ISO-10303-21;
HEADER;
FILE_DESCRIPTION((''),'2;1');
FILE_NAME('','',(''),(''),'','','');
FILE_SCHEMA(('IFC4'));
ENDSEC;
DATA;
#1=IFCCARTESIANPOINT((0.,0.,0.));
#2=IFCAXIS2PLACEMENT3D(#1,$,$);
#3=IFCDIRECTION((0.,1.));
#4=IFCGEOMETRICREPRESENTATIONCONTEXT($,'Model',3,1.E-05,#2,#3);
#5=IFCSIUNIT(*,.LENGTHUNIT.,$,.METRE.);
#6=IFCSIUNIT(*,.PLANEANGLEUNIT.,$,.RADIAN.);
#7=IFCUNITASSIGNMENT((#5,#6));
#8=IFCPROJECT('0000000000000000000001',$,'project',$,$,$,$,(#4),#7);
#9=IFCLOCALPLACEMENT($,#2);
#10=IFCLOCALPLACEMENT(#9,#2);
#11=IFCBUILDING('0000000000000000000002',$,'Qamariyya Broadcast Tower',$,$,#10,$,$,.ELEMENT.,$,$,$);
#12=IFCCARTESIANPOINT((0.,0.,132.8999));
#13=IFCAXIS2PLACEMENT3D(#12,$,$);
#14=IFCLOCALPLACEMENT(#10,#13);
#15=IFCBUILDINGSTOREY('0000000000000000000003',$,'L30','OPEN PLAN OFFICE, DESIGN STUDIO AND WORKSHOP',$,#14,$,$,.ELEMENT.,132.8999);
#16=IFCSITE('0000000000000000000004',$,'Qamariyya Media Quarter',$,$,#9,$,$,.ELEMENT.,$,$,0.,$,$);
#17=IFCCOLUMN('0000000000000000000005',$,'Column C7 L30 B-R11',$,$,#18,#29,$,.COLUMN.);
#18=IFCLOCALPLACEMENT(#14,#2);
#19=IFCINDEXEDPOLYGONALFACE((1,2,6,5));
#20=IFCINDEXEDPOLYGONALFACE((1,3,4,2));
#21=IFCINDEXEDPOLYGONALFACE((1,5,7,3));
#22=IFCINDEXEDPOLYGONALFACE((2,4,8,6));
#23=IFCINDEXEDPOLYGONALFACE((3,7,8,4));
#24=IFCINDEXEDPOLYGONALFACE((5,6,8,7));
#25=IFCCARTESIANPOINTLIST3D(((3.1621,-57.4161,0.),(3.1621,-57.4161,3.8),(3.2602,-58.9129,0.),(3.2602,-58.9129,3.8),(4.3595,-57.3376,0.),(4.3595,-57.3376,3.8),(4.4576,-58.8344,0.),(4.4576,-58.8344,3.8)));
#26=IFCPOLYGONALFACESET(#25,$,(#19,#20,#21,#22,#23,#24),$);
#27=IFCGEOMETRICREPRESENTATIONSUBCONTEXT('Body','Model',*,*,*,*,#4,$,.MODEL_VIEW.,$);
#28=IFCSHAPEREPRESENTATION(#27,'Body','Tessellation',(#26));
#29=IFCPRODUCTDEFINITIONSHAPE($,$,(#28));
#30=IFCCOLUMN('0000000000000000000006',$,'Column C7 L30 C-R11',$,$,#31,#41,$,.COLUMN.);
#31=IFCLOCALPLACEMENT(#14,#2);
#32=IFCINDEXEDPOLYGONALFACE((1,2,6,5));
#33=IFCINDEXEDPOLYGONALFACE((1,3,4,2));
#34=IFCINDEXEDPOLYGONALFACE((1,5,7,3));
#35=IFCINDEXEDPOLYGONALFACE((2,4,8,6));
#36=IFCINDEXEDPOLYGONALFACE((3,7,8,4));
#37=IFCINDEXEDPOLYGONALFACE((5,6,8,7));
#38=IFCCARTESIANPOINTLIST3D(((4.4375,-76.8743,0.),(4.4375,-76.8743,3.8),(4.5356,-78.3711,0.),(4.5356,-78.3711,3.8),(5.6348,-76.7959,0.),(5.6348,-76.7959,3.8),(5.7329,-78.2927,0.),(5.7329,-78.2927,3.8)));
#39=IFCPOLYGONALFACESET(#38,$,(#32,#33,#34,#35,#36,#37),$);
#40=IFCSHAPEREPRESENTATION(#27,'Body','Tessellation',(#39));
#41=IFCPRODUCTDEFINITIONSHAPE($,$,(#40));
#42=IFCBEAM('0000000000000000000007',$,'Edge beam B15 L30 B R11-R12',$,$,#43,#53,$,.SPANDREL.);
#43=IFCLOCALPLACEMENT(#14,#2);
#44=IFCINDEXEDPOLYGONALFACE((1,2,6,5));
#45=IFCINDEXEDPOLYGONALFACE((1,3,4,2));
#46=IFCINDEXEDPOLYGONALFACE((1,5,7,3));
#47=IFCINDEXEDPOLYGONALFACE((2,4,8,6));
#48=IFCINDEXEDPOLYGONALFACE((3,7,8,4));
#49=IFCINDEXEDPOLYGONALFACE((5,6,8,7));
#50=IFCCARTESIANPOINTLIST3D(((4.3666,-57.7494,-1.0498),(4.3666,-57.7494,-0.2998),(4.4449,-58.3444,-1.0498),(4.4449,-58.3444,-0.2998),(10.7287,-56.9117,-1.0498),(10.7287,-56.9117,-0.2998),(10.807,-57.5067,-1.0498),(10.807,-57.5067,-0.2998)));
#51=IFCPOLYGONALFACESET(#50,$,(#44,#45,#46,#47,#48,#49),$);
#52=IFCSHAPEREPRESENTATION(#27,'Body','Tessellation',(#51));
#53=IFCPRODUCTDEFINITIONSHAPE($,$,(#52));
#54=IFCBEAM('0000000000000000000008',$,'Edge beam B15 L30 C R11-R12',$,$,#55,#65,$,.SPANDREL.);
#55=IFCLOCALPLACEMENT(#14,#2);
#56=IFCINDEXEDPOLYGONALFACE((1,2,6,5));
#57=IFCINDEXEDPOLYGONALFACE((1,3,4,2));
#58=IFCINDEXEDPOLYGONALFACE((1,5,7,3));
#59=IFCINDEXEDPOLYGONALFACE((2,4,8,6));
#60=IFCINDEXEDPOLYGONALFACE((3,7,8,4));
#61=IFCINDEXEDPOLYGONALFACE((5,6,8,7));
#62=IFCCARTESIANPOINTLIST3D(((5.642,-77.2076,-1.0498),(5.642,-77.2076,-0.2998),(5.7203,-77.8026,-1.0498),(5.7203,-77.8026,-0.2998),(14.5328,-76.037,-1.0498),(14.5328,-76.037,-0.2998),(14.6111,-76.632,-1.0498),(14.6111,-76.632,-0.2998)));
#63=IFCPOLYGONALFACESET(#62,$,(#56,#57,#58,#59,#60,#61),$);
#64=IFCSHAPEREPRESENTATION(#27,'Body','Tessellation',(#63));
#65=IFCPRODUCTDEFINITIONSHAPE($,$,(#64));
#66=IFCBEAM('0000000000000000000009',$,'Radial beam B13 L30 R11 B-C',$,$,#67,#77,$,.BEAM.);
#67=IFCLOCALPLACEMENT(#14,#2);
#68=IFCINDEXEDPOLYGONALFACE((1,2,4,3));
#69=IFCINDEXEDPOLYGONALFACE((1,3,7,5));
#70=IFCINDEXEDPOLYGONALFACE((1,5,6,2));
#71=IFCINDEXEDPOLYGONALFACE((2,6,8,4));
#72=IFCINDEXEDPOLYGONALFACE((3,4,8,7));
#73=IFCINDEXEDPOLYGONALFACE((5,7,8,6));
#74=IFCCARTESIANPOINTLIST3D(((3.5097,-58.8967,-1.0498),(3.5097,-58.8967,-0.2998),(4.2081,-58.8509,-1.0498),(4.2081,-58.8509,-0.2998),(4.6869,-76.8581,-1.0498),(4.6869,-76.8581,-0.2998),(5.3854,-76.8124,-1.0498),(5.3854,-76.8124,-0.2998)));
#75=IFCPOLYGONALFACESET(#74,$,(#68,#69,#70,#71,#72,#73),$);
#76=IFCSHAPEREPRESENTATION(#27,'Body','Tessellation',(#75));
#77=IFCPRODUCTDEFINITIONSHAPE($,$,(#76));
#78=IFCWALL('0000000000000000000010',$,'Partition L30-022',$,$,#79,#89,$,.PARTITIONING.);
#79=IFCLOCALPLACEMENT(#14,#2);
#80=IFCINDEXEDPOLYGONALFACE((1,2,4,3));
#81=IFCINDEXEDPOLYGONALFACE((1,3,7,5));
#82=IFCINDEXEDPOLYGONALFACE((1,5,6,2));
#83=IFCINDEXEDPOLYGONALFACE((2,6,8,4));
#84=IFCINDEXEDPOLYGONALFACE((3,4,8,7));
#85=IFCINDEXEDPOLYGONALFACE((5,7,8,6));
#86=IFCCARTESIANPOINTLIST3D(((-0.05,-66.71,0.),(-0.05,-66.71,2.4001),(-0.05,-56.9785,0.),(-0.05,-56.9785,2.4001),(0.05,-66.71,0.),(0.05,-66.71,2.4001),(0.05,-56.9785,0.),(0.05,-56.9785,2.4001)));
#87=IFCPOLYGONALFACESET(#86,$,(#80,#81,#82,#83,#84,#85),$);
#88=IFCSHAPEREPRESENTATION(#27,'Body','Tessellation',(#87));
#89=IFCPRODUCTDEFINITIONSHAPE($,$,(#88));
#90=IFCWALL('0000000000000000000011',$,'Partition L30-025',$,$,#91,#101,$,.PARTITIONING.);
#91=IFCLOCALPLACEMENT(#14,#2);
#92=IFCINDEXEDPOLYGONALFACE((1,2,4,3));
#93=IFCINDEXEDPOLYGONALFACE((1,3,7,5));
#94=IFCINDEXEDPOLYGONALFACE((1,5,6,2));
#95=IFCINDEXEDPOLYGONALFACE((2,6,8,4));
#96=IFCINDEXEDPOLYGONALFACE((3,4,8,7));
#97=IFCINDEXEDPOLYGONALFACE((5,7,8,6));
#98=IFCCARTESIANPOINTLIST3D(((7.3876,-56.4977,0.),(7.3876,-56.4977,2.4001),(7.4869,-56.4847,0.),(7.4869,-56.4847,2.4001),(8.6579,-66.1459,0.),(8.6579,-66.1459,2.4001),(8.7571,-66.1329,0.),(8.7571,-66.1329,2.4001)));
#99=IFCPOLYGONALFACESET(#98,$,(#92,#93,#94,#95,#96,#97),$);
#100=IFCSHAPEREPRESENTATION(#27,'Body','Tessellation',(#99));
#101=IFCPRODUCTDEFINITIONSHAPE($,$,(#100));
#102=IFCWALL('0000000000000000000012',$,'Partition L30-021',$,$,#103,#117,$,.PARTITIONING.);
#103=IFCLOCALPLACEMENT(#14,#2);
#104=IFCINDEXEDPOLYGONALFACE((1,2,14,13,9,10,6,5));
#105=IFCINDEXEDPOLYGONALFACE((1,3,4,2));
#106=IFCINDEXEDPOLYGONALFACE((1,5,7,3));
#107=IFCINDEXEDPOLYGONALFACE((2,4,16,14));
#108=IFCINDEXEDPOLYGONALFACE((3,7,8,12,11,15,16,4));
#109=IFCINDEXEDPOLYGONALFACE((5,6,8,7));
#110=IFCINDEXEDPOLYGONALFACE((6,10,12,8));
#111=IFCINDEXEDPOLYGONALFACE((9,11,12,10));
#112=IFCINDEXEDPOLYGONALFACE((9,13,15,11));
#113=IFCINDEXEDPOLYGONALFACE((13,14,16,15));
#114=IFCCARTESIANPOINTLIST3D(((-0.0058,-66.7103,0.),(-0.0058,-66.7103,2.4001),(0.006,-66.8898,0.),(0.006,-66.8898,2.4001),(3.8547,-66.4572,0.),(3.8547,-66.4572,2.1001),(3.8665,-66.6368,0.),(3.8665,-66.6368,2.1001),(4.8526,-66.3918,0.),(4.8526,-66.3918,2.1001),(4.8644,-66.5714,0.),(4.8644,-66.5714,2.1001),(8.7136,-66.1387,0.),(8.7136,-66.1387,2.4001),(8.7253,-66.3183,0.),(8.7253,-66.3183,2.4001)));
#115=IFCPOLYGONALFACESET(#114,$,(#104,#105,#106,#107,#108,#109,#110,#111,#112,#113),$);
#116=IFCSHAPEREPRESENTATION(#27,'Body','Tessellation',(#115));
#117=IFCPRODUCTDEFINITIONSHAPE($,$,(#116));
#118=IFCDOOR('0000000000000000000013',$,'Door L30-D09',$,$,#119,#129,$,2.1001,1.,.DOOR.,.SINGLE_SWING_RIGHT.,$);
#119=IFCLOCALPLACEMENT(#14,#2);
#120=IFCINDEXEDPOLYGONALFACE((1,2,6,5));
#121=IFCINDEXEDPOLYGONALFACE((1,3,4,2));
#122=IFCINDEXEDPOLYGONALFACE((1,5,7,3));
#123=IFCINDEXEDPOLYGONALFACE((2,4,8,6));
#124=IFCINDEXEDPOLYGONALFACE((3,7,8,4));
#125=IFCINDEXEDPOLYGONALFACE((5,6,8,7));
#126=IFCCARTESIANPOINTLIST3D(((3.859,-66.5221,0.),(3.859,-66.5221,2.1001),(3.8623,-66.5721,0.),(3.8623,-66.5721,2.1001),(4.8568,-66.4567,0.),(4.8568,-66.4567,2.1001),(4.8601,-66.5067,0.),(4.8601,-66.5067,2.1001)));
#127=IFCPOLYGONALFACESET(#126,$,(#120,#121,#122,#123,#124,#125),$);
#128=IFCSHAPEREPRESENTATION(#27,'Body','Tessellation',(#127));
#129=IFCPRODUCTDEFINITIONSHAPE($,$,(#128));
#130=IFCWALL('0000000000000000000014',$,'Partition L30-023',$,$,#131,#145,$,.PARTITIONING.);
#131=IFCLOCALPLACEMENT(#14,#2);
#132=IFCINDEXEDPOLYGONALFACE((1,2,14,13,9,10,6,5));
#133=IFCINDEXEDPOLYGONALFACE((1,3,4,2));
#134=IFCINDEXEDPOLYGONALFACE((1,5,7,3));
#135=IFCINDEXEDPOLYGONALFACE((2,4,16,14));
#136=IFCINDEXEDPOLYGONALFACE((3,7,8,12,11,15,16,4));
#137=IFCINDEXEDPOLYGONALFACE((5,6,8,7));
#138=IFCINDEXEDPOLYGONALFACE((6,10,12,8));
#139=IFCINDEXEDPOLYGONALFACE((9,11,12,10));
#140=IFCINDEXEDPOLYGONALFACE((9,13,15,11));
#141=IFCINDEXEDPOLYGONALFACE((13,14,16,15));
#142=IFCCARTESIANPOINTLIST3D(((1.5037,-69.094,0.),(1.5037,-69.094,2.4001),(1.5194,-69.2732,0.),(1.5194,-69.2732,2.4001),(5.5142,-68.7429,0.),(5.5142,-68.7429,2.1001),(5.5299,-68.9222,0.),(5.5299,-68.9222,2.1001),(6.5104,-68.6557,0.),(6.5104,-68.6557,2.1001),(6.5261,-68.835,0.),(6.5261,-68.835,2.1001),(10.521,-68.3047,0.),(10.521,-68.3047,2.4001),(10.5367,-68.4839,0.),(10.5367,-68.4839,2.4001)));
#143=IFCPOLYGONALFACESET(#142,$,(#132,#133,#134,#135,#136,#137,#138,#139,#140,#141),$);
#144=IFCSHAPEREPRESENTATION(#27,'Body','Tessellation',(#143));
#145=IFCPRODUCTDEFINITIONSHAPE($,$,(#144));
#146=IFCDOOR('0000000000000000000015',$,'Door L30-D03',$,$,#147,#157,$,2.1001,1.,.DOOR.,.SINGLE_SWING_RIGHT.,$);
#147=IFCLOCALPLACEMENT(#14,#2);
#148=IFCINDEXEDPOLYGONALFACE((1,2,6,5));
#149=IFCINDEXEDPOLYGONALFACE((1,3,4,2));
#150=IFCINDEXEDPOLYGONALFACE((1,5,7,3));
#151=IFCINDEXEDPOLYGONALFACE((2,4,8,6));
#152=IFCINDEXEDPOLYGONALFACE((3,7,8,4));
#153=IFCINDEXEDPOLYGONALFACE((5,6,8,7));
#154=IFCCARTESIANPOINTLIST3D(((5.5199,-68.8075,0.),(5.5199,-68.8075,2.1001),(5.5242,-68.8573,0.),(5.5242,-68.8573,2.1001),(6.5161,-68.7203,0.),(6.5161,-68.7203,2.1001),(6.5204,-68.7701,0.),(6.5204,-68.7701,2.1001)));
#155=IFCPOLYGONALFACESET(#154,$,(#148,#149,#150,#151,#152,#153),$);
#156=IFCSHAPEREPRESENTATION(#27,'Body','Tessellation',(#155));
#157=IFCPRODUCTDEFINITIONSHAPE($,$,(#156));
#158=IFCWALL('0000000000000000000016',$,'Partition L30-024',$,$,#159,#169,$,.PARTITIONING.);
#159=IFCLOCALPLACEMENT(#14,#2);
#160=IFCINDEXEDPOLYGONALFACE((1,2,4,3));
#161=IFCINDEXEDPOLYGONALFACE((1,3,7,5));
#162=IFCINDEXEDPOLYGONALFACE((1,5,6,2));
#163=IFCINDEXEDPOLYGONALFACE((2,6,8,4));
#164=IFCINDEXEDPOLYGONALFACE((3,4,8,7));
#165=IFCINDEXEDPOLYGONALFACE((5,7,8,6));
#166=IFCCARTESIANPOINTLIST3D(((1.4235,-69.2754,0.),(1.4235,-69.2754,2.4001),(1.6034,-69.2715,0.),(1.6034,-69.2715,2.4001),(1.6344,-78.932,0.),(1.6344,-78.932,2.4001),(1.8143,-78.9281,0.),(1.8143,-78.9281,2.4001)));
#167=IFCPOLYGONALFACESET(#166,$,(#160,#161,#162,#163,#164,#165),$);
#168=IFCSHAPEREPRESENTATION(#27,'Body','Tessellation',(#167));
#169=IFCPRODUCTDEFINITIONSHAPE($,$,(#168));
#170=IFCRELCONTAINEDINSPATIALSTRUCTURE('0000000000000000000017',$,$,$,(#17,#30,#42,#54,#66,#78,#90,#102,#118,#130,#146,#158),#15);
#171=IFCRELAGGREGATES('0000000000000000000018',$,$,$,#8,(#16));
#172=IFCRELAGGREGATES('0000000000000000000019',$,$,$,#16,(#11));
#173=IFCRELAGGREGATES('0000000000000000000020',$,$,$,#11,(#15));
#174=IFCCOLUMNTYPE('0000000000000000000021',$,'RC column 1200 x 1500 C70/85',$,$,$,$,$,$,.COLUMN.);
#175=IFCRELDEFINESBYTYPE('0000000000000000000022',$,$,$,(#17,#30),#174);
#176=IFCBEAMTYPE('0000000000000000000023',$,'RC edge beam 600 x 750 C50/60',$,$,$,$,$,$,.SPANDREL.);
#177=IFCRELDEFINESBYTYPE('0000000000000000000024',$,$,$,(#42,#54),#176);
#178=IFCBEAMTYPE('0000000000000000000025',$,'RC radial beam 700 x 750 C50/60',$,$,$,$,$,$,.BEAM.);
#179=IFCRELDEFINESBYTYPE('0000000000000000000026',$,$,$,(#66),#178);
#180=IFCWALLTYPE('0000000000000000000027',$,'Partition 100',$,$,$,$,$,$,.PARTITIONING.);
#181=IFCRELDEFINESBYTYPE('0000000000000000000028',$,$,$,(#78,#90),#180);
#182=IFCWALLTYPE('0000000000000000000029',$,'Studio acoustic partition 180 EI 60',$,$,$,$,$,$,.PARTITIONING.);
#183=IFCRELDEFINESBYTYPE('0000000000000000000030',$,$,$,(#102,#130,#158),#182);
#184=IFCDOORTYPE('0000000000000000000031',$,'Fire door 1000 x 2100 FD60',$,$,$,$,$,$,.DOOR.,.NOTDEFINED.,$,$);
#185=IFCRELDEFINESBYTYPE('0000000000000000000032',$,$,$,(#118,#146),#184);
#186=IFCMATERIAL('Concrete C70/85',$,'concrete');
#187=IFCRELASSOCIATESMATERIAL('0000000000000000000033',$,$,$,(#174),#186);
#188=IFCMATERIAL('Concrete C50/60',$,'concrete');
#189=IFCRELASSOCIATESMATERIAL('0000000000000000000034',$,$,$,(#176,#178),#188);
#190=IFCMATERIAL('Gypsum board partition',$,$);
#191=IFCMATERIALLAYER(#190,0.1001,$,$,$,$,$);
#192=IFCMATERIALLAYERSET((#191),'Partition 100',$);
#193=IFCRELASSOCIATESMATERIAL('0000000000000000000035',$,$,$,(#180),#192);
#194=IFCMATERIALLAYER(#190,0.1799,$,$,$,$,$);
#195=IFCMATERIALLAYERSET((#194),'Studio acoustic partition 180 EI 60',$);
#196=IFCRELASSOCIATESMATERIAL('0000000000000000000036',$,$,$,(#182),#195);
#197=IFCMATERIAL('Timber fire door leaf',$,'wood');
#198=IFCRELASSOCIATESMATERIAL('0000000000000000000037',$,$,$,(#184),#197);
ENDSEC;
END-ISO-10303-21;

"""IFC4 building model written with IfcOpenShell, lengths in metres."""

from ifc_helpers import new_model, si_unit, direction, frame, frame_2d, origin, origin_2d, place, context, subcontext, project, spatial, rectangle, extrude, material, layer, layer_set, material_profile, profile_set, type_object, element, fill, save


model = new_model("IFC4")

# Units and contexts
model_context = context("Model", 3, precision=1e-05, world=origin(), true_north=direction((0.0, 1.0)))
body_context = subcontext(model_context, "Body", "Model", "MODEL_VIEW")
ifc_project = project(units=[si_unit("LENGTHUNIT", "METRE"), si_unit("PLANEANGLEUNIT", "RADIAN")], contexts=[model_context])

# Site, building, storey
site_placement = place(None, origin())
site = spatial("IfcSite", under=ifc_project, at=site_placement, Name="Qamariyya Media Quarter", CompositionType="ELEMENT", RefElevation=0.0)
building_placement = place(site_placement, origin())
building = spatial("IfcBuilding", under=site, at=building_placement, Name="Qamariyya Broadcast Tower", CompositionType="ELEMENT")
storey_placement = place(building_placement, frame((0.0, 0.0, 132.8999)))
storey = spatial("IfcBuildingStorey", under=building, at=storey_placement, Name="L30", Description="OPEN PLAN OFFICE, DESIGN STUDIO AND WORKSHOP", CompositionType="ELEMENT", Elevation=132.8999)

# Columns
ifc_material_1 = material(Name="Concrete C70/85", Category="concrete")
ifc_material_profile_1 = material_profile(ifc_material_1, rectangle(XDim=1.2, YDim=1.5, at=origin_2d()))
ifc_profile_set_1 = profile_set([ifc_material_profile_1], Name="Concrete C70/85")
column_type = type_object("IfcColumnType", Name="RC column 1200 x 1500 C70/85", PredefinedType="COLUMN", material=ifc_profile_set_1)
for number, where, z_axis, x_axis, name in (
    (1, (3.8098, -58.1252, 0.0), (0.0, 0.0, 1.0), (0.997859, 0.065403, 0.0), "Column C7 L30 B-R11"),
    (2, (5.0852, -77.5835, 0.0), (0.0, 0.0, 1.0), (0.997859, 0.065403, 0.0), "Column C7 L30 C-R11"),
):
    element("IfcColumn", number, at=place(storey_placement, frame(where, z_axis=z_axis, x_axis=x_axis)), inside=storey, type_object=column_type, Name=name, PredefinedType="COLUMN", context=body_context, shape_type="SweptSolid", body=[
        extrude(rectangle(XDim=1.2, YDim=1.5, at=origin_2d()), origin(), (0.0, 0.0, 1.0), 3.8),
    ])

# Beams
ifc_material_2 = material(Name="Concrete C50/60", Category="concrete")
ifc_material_profile_2 = material_profile(ifc_material_2, rectangle(XDim=0.6001, YDim=0.75, at=origin_2d()))
ifc_profile_set_2 = profile_set([ifc_material_profile_2], Name="Concrete C50/60")
beam_type_1 = type_object("IfcBeamType", Name="RC edge beam 600 x 750 C50/60", PredefinedType="SPANDREL", material=ifc_profile_set_2)
beam_1_placement = place(storey_placement, frame((4.4058, -58.0469, -0.6748), z_axis=(0.991444, 0.130536, 0.0), x_axis=(-0.130536, 0.991444, 0.0)))
element("IfcBeam", 3, at=beam_1_placement, inside=storey, type_object=beam_type_1, Name="Edge beam B15 L30 B R11-R12", PredefinedType="SPANDREL", context=body_context, shape_type="SweptSolid", body=[
    extrude(rectangle(XDim=0.6001, YDim=0.75, at=origin_2d()), origin(), (0.0, 0.0, 1.0), 6.417),
])
beam_2_placement = place(storey_placement, frame((5.6812, -77.5051, -0.6748), z_axis=(0.991443, 0.130543, 0.0), x_axis=(-0.130543, 0.991443, 0.0)))
element("IfcBeam", 4, at=beam_2_placement, inside=storey, type_object=beam_type_1, Name="Edge beam B15 L30 C R11-R12", PredefinedType="SPANDREL", context=body_context, shape_type="SweptSolid", body=[
    extrude(rectangle(XDim=0.6001, YDim=0.75, at=origin_2d()), origin(), (0.0, 0.0, 1.0), 8.9675),
])
ifc_material_profile_3 = material_profile(ifc_material_2, rectangle(XDim=0.7, YDim=0.75, at=origin_2d()))
ifc_profile_set_3 = profile_set([ifc_material_profile_3], Name="Concrete C50/60")
beam_type_2 = type_object("IfcBeamType", Name="RC radial beam 700 x 750 C50/60", PredefinedType="BEAM", material=ifc_profile_set_3)
beam_3_placement = place(storey_placement, frame((3.8589, -58.8738, -0.6748), z_axis=(0.065403, -0.997859, 0.0), x_axis=(0.997859, 0.065403, 0.0)))
element("IfcBeam", 5, at=beam_3_placement, inside=storey, type_object=beam_type_2, Name="Radial beam B13 L30 R11 B-C", PredefinedType="BEAM", context=body_context, shape_type="SweptSolid", body=[
    extrude(rectangle(XDim=0.7, YDim=0.75, at=origin_2d()), origin(), (0.0, 0.0, 1.0), 18.0),
])

# Walls
ifc_material_3 = material(Name="Gypsum board partition")
ifc_layer_1 = layer(ifc_material_3, 0.1001)
ifc_layer_set_1 = layer_set([ifc_layer_1], Name="Partition 100")
wall_type_1 = type_object("IfcWallType", Name="Partition 100", PredefinedType="PARTITIONING", material=ifc_layer_set_1)
for number, where, z_axis, x_axis, name in (
    (6, (0.0, -56.9785, 0.0), (0.0, 0.0, 1.0), (0.0, -1.0, 0.0), "Partition L30-022"),
    (7, (7.4373, -56.4912, 0.0), (0.0, 0.0, 1.0), (0.130532, -0.991444, 0.0), "Partition L30-025"),
):
    element("IfcWall", number, at=place(storey_placement, frame(where, z_axis=z_axis, x_axis=x_axis)), inside=storey, type_object=wall_type_1, Name=name, PredefinedType="PARTITIONING", context=body_context, shape_type="SweptSolid", body=[
        extrude(rectangle(XDim=9.7314, YDim=0.1001, at=frame_2d((4.8657, 0.0))), origin(), (0.0, 0.0, 1.0), 2.4001),
    ])

# Walls, openings, doors
ifc_layer_2 = layer(ifc_material_3, 0.1799)
ifc_layer_set_2 = layer_set([ifc_layer_2], Name="Studio acoustic partition 180 EI 60")
wall_type_2 = type_object("IfcWallType", Name="Studio acoustic partition 180 EI 60", PredefinedType="PARTITIONING", material=ifc_layer_set_2)
wall_1_placement = place(storey_placement, frame((0.0, -66.8, 0.0), z_axis=(0.0, 0.0, 1.0), x_axis=(0.997859, 0.065408, 0.0)))
wall_1 = element("IfcWall", 8, at=wall_1_placement, inside=storey, type_object=wall_type_2, Name="Partition L30-021", PredefinedType="PARTITIONING", context=body_context, shape_type="SweptSolid", body=[
    extrude(rectangle(XDim=8.738, YDim=0.1799, at=frame_2d((4.3691, 0.0))), origin(), (0.0, 0.0, 1.0), 2.4001),
])
opening_1_placement = place(wall_1_placement, frame((3.8689, 0.0, 0.0)))
opening_1 = element("IfcOpeningElement", 9, at=opening_1_placement, cuts=wall_1, PredefinedType="OPENING", context=body_context, shape_type="SweptSolid", body=[
    extrude(rectangle(XDim=1.0, YDim=2.1001, at=frame_2d((0.5, 1.05))), frame((0.0, 0.0999, 0.0), z_axis=(0.0, -1.0, 0.0), x_axis=(1.0, 0.0, 0.0)), (0.0, 0.0, 1.0), 0.2),
])
ifc_material_4 = material(Name="Timber fire door leaf", Category="wood")
door_type = type_object("IfcDoorType", Name="Fire door 1000 x 2100 FD60", OperationType="NOTDEFINED", PredefinedType="DOOR", material=ifc_material_4)
door_1_placement = place(opening_1_placement, origin())
door_1 = element("IfcDoor", 10, at=door_1_placement, inside=storey, type_object=door_type, Name="Door L30-D09", OperationType="SINGLE_SWING_RIGHT", OverallHeight=2.1001, OverallWidth=1.0, PredefinedType="DOOR", context=body_context, shape_type="SweptSolid", body=[
    extrude(rectangle(XDim=1.0, YDim=2.1001, at=frame_2d((0.5, 1.05))), frame((0.0, 0.0249, 0.0), z_axis=(0.0, -1.0, 0.0), x_axis=(1.0, 0.0, 0.0)), (0.0, 0.0, 1.0), 0.05),
])
fill(opening_1, door_1)
wall_2_placement = place(storey_placement, frame((10.5288, -68.3943, 0.0), z_axis=(0.0, 0.0, 1.0), x_axis=(-0.996191, -0.087199, 0.0)))
wall_2 = element("IfcWall", 11, at=wall_2_placement, inside=storey, type_object=wall_type_2, Name="Partition L30-023", PredefinedType="PARTITIONING", context=body_context, shape_type="SweptSolid", body=[
    extrude(rectangle(XDim=9.0518, YDim=0.1799, at=frame_2d((4.5259, 0.0))), origin(), (0.0, 0.0, 1.0), 2.4001),
])
opening_2_placement = place(wall_2_placement, frame((4.0259, 0.0, 0.0)))
opening_2 = element("IfcOpeningElement", 12, at=opening_2_placement, cuts=wall_2, PredefinedType="OPENING", context=body_context, shape_type="SweptSolid", body=[
    extrude(rectangle(XDim=1.0, YDim=2.1001, at=frame_2d((0.5, 1.05))), frame((0.0, 0.0999, 0.0), z_axis=(0.0, -1.0, 0.0), x_axis=(1.0, 0.0, 0.0)), (0.0, 0.0, 1.0), 0.2),
])
door_2_placement = place(opening_2_placement, origin())
door_2 = element("IfcDoor", 13, at=door_2_placement, inside=storey, type_object=door_type, Name="Door L30-D03", OperationType="SINGLE_SWING_RIGHT", OverallHeight=2.1001, OverallWidth=1.0, PredefinedType="DOOR", context=body_context, shape_type="SweptSolid", body=[
    extrude(rectangle(XDim=1.0, YDim=2.1001, at=frame_2d((0.5, 1.05))), frame((0.0, 0.0249, 0.0), z_axis=(0.0, -1.0, 0.0), x_axis=(1.0, 0.0, 0.0)), (0.0, 0.0, 1.0), 0.05),
])
fill(opening_2, door_2)

# Wall
wall_3_placement = place(storey_placement, frame((1.7244, -78.9302, 0.0), z_axis=(0.0, 0.0, 1.0), x_axis=(-0.021838, 0.999762, 0.0)))
element("IfcWall", 14, at=wall_3_placement, inside=storey, type_object=wall_type_2, Name="Partition L30-024", PredefinedType="PARTITIONING", context=body_context, shape_type="SweptSolid", body=[
    extrude(rectangle(XDim=9.6589, YDim=0.1799, at=frame_2d((4.8296, 0.0))), origin(), (0.0, 0.0, 1.0), 2.4001),
])

save(model, "model.ifc")
